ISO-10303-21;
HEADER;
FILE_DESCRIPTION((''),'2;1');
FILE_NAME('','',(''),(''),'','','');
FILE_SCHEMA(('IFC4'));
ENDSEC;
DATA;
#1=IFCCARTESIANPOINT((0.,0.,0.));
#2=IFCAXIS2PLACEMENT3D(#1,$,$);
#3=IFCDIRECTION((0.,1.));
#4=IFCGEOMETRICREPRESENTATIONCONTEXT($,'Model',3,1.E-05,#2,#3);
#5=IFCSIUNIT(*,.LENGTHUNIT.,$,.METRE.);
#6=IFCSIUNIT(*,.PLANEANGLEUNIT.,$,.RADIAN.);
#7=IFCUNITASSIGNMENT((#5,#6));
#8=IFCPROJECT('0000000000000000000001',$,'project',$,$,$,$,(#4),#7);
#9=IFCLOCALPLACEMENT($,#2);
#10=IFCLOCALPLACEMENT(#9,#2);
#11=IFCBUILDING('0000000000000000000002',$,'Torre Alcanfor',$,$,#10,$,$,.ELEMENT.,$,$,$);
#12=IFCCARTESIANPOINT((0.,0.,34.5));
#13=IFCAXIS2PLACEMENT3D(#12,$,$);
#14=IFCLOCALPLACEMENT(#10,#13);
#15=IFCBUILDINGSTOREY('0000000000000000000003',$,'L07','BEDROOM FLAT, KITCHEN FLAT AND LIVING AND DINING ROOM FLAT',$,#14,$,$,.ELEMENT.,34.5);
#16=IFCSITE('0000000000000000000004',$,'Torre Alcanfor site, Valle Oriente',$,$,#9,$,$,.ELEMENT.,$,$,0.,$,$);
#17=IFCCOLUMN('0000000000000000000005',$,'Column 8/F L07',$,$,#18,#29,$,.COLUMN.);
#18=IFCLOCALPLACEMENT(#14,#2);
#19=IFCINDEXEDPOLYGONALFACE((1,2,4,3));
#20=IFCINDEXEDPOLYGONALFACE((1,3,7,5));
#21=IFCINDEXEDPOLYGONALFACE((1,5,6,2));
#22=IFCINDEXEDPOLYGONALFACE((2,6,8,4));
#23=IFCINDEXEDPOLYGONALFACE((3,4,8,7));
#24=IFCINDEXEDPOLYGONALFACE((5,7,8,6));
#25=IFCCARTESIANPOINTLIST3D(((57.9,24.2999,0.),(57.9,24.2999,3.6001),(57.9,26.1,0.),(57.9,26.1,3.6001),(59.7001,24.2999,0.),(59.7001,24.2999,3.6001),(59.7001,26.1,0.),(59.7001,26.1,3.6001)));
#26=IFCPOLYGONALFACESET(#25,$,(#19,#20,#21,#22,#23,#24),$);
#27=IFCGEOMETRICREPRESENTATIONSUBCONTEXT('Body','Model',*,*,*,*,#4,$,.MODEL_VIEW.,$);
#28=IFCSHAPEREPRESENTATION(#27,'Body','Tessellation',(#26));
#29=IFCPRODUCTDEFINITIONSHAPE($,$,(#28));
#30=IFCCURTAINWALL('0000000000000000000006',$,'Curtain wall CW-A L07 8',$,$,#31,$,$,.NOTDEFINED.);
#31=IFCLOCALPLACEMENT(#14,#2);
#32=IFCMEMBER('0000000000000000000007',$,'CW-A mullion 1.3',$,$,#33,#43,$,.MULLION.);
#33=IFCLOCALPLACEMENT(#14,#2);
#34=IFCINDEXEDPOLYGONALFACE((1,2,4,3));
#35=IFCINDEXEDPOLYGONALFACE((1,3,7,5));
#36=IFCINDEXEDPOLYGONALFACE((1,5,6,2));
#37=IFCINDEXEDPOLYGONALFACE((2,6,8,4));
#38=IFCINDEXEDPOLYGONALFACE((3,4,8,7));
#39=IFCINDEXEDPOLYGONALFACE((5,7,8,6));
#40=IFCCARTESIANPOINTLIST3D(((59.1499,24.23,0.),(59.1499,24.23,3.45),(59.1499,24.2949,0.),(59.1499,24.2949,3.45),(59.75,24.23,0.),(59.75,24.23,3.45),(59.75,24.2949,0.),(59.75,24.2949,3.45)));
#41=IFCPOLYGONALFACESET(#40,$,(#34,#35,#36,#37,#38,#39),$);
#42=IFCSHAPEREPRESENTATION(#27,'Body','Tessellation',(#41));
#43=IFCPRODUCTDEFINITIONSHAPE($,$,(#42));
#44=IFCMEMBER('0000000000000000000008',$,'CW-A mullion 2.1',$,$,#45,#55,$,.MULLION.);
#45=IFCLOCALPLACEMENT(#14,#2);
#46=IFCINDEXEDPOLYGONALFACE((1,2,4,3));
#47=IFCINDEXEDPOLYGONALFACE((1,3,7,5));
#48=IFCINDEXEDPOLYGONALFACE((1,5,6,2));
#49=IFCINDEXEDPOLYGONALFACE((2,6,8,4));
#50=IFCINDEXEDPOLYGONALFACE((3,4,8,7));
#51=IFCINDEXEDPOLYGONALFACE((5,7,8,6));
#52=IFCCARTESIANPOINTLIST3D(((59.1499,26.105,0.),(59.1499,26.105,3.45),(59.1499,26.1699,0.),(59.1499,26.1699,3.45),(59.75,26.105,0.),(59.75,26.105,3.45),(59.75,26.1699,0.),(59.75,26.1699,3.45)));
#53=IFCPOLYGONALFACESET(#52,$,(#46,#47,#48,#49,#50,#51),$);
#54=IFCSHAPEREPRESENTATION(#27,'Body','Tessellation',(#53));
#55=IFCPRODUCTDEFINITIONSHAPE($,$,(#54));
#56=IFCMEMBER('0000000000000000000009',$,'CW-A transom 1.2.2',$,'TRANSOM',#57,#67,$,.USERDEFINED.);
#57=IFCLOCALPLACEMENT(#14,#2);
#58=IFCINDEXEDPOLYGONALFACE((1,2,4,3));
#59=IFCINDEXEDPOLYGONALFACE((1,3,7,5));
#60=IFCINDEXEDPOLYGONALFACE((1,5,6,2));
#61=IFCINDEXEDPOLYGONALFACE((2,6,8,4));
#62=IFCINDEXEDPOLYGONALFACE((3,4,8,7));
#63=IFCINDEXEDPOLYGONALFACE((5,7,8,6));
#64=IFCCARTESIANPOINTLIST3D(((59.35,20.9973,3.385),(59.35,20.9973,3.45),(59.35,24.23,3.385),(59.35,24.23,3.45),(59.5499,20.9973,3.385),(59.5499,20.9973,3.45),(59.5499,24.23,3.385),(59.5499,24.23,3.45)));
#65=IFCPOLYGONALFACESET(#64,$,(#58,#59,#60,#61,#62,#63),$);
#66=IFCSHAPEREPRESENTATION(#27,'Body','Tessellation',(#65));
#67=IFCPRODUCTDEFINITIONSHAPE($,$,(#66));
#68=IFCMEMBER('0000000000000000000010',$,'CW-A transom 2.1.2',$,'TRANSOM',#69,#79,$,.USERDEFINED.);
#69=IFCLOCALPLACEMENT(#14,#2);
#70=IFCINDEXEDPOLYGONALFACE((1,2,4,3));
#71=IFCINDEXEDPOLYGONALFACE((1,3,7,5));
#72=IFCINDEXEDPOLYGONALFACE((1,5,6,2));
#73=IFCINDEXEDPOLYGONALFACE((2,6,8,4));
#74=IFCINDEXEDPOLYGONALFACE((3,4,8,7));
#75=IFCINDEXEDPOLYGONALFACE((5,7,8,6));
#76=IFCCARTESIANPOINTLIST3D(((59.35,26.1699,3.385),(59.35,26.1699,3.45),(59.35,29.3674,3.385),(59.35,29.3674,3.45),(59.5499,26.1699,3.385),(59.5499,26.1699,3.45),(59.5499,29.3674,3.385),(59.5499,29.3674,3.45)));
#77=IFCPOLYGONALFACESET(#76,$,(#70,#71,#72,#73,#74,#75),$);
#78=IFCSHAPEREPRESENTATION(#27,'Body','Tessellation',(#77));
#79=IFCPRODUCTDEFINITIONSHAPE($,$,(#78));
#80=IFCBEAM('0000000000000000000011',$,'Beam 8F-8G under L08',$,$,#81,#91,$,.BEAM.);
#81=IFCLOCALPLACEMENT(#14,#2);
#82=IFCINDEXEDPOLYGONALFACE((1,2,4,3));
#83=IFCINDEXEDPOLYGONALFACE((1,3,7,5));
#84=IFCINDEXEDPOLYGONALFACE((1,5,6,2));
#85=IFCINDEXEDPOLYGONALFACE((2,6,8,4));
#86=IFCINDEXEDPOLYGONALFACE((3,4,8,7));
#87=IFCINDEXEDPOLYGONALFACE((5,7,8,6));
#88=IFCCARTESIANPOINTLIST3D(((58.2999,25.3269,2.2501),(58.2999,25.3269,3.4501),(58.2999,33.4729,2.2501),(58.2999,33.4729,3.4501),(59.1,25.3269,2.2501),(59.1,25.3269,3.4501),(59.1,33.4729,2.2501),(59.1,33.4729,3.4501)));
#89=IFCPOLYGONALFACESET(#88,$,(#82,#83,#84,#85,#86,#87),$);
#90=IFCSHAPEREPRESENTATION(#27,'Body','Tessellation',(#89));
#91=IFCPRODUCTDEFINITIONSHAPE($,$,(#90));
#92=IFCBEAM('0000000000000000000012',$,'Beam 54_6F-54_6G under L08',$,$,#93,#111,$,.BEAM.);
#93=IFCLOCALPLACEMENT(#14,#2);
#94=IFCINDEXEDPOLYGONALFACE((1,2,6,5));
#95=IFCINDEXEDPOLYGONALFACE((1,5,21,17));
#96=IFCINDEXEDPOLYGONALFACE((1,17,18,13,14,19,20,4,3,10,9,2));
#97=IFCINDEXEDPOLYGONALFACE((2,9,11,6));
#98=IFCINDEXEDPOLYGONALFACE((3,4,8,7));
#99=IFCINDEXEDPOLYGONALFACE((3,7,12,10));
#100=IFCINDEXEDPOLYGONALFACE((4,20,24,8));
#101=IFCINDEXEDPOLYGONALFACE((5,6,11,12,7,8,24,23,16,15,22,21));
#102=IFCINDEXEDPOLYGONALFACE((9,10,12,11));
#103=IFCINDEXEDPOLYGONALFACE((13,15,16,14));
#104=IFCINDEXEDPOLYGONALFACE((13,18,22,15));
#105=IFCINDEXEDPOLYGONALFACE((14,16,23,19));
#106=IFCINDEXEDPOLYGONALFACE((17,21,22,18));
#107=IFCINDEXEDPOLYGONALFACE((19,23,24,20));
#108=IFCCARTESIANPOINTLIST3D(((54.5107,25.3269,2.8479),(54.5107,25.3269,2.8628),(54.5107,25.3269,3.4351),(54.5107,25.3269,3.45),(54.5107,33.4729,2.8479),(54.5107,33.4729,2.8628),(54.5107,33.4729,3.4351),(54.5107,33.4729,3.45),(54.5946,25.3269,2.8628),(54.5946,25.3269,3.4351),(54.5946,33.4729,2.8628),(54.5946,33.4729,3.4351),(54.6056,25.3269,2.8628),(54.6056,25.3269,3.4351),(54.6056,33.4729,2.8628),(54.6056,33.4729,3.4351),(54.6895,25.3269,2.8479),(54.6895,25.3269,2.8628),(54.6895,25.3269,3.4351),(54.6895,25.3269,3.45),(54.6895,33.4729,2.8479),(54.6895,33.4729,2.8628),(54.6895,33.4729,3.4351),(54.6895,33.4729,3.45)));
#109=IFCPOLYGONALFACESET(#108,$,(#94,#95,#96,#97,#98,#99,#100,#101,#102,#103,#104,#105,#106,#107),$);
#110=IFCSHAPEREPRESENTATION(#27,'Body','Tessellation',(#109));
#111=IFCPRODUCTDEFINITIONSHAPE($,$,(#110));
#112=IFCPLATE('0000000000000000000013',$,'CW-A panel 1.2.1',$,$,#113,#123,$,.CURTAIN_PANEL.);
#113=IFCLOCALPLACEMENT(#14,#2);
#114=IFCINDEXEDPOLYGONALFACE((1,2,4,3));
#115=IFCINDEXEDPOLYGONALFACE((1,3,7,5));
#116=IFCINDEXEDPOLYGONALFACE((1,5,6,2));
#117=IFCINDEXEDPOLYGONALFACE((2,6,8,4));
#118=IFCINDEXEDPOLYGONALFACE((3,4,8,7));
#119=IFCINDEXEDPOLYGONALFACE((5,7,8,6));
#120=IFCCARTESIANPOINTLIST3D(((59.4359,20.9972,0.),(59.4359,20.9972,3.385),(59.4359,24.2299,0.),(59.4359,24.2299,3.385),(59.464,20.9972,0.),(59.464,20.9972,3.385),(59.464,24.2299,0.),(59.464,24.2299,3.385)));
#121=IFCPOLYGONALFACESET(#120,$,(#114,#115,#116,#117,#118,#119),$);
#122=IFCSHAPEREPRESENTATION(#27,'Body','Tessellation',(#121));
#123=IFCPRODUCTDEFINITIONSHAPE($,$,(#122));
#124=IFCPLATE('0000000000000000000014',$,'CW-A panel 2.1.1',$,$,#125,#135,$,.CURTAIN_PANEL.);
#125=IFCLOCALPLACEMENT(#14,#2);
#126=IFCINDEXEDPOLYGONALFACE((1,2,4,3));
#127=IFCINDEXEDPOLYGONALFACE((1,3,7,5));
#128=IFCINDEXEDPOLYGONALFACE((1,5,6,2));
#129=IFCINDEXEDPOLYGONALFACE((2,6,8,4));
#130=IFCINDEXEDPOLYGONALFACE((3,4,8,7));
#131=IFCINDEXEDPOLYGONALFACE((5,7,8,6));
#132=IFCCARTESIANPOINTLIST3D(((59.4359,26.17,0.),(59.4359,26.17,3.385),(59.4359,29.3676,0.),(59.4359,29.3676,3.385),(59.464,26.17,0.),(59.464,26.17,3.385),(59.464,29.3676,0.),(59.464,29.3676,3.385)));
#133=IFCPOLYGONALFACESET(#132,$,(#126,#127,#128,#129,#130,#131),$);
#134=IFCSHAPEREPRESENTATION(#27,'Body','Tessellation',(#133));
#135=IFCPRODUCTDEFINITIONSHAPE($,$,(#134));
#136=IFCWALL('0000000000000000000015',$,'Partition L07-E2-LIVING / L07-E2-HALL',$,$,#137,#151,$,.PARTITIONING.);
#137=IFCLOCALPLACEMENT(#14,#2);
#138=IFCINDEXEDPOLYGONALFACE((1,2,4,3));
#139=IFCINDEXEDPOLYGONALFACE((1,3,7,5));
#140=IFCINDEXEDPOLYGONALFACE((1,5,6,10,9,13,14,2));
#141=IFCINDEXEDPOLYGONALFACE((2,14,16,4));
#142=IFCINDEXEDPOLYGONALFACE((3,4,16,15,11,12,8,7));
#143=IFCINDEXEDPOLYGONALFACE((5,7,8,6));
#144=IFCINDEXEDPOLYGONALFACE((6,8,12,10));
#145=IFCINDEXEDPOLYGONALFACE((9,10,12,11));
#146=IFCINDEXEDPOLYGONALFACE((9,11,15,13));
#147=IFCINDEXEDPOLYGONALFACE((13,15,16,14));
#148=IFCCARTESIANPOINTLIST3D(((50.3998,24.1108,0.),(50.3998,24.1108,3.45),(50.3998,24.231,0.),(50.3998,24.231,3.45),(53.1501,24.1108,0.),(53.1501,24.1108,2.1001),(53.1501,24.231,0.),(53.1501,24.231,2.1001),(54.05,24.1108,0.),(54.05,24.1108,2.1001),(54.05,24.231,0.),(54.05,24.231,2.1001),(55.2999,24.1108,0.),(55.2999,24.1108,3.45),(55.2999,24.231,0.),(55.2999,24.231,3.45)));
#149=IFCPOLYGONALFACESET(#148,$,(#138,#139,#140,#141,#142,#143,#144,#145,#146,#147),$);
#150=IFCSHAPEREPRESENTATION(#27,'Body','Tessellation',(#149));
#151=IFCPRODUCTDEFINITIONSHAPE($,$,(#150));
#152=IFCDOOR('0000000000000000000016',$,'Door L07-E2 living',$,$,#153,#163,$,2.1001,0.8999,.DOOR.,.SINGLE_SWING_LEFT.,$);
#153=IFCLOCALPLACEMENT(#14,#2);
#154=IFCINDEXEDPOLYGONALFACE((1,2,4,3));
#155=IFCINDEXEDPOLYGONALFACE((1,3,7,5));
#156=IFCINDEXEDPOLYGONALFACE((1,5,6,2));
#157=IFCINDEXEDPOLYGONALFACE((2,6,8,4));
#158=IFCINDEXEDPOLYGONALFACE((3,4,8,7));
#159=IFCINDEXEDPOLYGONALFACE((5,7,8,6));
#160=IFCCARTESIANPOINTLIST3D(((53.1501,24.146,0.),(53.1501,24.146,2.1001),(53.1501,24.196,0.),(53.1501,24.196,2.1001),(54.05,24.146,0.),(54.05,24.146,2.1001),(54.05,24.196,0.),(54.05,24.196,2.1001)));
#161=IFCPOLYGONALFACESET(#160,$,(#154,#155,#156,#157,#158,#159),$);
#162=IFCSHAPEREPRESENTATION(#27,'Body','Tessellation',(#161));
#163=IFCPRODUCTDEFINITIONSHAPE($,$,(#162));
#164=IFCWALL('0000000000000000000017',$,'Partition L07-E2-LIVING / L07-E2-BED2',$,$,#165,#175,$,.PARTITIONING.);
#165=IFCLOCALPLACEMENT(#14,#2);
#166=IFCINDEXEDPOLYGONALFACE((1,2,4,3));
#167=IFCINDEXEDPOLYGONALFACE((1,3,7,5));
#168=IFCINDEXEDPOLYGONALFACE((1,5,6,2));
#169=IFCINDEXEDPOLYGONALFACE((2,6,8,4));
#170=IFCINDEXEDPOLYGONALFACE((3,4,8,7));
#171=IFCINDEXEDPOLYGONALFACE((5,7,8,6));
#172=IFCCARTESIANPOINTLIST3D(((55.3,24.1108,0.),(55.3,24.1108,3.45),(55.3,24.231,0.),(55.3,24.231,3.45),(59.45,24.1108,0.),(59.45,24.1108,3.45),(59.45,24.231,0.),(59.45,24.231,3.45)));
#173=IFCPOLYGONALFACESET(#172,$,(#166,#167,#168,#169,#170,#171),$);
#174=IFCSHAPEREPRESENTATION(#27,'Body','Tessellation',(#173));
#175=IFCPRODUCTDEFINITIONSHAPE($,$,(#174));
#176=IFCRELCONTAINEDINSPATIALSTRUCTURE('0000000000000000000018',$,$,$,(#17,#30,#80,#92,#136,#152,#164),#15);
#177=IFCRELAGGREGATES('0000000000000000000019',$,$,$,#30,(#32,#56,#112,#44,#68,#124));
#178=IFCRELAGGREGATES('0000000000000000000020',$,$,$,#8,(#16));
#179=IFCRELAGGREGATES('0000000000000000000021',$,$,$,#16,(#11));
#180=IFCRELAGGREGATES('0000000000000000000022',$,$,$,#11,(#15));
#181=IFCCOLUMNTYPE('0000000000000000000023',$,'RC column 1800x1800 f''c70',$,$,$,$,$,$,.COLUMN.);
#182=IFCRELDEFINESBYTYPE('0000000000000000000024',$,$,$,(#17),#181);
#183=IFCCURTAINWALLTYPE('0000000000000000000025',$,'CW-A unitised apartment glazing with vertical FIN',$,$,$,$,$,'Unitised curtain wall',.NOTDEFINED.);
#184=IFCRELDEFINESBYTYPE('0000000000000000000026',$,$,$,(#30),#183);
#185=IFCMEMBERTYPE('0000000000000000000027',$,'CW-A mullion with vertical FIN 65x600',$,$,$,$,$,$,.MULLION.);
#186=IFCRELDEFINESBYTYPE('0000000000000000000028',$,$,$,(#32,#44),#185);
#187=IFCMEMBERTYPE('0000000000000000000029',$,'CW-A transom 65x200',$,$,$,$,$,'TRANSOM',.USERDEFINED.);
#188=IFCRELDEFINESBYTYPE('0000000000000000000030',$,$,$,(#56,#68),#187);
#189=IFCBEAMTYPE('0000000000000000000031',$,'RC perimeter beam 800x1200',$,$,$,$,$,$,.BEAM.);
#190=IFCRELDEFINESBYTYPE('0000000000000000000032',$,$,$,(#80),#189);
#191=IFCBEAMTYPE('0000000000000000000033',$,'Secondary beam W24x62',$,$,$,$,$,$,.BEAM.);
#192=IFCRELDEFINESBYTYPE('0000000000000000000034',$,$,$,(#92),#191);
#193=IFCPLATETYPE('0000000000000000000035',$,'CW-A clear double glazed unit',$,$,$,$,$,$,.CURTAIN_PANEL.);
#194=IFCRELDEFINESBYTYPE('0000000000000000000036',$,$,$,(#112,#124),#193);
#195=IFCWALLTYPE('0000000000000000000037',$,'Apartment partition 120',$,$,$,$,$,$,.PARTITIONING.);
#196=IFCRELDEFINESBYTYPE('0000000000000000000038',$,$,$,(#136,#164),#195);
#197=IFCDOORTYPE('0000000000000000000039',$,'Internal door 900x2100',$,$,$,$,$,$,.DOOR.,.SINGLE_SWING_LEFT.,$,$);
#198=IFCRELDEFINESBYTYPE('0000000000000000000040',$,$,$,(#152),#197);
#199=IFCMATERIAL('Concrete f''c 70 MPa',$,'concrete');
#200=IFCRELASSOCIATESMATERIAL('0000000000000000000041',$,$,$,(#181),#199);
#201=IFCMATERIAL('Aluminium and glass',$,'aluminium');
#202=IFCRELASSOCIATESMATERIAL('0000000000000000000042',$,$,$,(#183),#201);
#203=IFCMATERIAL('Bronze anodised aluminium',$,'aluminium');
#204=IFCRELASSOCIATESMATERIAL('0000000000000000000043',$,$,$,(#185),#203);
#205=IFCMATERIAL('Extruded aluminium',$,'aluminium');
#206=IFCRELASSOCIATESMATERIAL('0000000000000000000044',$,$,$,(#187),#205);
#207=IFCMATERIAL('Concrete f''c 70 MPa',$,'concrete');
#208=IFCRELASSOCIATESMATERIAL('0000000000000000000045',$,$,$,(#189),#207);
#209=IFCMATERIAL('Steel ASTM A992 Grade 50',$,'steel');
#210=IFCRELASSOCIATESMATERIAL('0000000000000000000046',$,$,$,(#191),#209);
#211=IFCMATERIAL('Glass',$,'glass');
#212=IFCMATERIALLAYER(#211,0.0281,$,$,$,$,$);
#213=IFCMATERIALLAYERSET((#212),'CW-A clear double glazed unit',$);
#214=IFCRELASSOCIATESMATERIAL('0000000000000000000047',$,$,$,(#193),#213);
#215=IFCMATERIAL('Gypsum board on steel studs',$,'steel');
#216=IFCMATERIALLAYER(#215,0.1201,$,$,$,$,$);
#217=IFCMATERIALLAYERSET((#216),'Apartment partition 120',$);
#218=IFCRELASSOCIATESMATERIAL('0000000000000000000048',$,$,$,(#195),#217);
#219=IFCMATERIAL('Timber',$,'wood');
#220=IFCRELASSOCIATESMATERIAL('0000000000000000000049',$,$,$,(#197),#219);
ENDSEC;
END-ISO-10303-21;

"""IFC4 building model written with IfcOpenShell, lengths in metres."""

from ifc_helpers import new_model, si_unit, direction, frame, frame_2d, origin, origin_2d, place, context, subcontext, project, spatial, rectangle, i_section, extrude, material, layer, layer_set, material_profile, profile_set, type_object, element, fill, aggregate, save


model = new_model("IFC4")

# Units and contexts
model_context = context("Model", 3, precision=1e-05, world=origin(), true_north=direction((0.0, 1.0)))
body_context = subcontext(model_context, "Body", "Model", "MODEL_VIEW")
ifc_project = project(units=[si_unit("LENGTHUNIT", "METRE"), si_unit("PLANEANGLEUNIT", "RADIAN")], contexts=[model_context])

# Site, building, storey
site_placement = place(None, origin())
site = spatial("IfcSite", under=ifc_project, at=site_placement, Name="Torre Alcanfor site, Valle Oriente", CompositionType="ELEMENT", RefElevation=0.0)
building_placement = place(site_placement, origin())
building = spatial("IfcBuilding", under=site, at=building_placement, Name="Torre Alcanfor", CompositionType="ELEMENT")
storey_placement = place(building_placement, frame((0.0, 0.0, 34.5)))
storey = spatial("IfcBuildingStorey", under=building, at=storey_placement, Name="L07", Description="BEDROOM FLAT, KITCHEN FLAT AND LIVING AND DINING ROOM FLAT", CompositionType="ELEMENT", Elevation=34.5)

# Column
ifc_material_1 = material(Name="Concrete f'c 70 MPa", Category="concrete")
ifc_material_profile_1 = material_profile(ifc_material_1, rectangle(XDim=1.8, YDim=1.8, at=origin_2d()), Name="1800x1800")
ifc_profile_set_1 = profile_set([ifc_material_profile_1], Name="Concrete f'c 70 MPa")
column_type = type_object("IfcColumnType", Name="RC column 1800x1800 f'c70", PredefinedType="COLUMN", material=ifc_profile_set_1)
column_placement = place(storey_placement, frame((58.8, 25.2, 0.0), z_axis=(0.0, 0.0, 1.0), x_axis=(1.0, 0.0, 0.0)))
element("IfcColumn", 1, at=column_placement, inside=storey, type_object=column_type, Name="Column 8/F L07", PredefinedType="COLUMN", context=body_context, shape_type="SweptSolid", body=[
    extrude(rectangle(XDim=1.8, YDim=1.8, at=origin_2d()), origin(), (0.0, 0.0, 1.0), 3.6001),
])

# Curtain wall, members
ifc_material_2 = material(Name="Aluminium and glass", Category="aluminium")
curtain_wall_type = type_object("IfcCurtainWallType", Name="CW-A unitised apartment glazing with vertical FIN", ElementType="Unitised curtain wall", PredefinedType="NOTDEFINED", material=ifc_material_2)
curtain_wall_placement = place(storey_placement, origin())
curtain_wall = element("IfcCurtainWall", 2, at=curtain_wall_placement, inside=storey, type_object=curtain_wall_type, Name="Curtain wall CW-A L07 8", PredefinedType="NOTDEFINED")
ifc_material_3 = material(Name="Bronze anodised aluminium", Category="aluminium")
ifc_material_profile_2 = material_profile(ifc_material_3, rectangle(XDim=0.6001, YDim=0.0649, at=origin_2d()), Name="CW-A mullion 65x600")
ifc_profile_set_2 = profile_set([ifc_material_profile_2], Name="Bronze anodised aluminium")
member_type_1 = type_object("IfcMemberType", Name="CW-A mullion with vertical FIN 65x600", PredefinedType="MULLION", material=ifc_profile_set_2)
member_1_placement = place(storey_placement, frame((59.45, 24.2625, 0.0), z_axis=(0.0, 0.0, 1.0), x_axis=(-1.0, 0.0, 0.0)))
member_1 = element("IfcMember", 3, at=member_1_placement, type_object=member_type_1, Name="CW-A mullion 1.3", PredefinedType="MULLION", context=body_context, shape_type="SweptSolid", body=[
    extrude(rectangle(XDim=0.6001, YDim=0.0649, at=origin_2d()), origin(), (0.0, 0.0, 1.0), 3.45),
])
member_2_placement = place(storey_placement, frame((59.45, 26.1375, 0.0), z_axis=(0.0, 0.0, 1.0), x_axis=(-1.0, 0.0, 0.0)))
member_2 = element("IfcMember", 4, at=member_2_placement, type_object=member_type_1, Name="CW-A mullion 2.1", PredefinedType="MULLION", context=body_context, shape_type="SweptSolid", body=[
    extrude(rectangle(XDim=0.6001, YDim=0.0649, at=origin_2d()), origin(), (0.0, 0.0, 1.0), 3.45),
])
ifc_material_4 = material(Name="Extruded aluminium", Category="aluminium")
ifc_material_profile_3 = material_profile(ifc_material_4, rectangle(XDim=0.2, YDim=0.0649, at=origin_2d()), Name="CW-A transom 200x65")
ifc_profile_set_3 = profile_set([ifc_material_profile_3], Name="Extruded aluminium")
member_type_2 = type_object("IfcMemberType", Name="CW-A transom 65x200", ElementType="TRANSOM", PredefinedType="USERDEFINED", material=ifc_profile_set_3)
member_3_placement = place(storey_placement, frame((59.45, 20.9973, 3.4175), z_axis=(0.0, 1.0, 0.0), x_axis=(-1.0, 0.0, 0.0)))
member_3 = element("IfcMember", 5, at=member_3_placement, type_object=member_type_2, Name="CW-A transom 1.2.2", ObjectType="TRANSOM", PredefinedType="USERDEFINED", context=body_context, shape_type="SweptSolid", body=[
    extrude(rectangle(XDim=0.2, YDim=0.0649, at=origin_2d()), origin(), (0.0, 0.0, 1.0), 3.2327),
])
member_4_placement = place(storey_placement, frame((59.45, 26.1699, 3.4175), z_axis=(0.0, 1.0, 0.0), x_axis=(-1.0, 0.0, 0.0)))
member_4 = element("IfcMember", 6, at=member_4_placement, type_object=member_type_2, Name="CW-A transom 2.1.2", ObjectType="TRANSOM", PredefinedType="USERDEFINED", context=body_context, shape_type="SweptSolid", body=[
    extrude(rectangle(XDim=0.2, YDim=0.0649, at=origin_2d()), origin(), (0.0, 0.0, 1.0), 3.1975),
])

# Beams
ifc_material_5 = material(Name="Concrete f'c 70 MPa", Category="concrete")
ifc_material_profile_4 = material_profile(ifc_material_5, rectangle(XDim=0.8, YDim=1.2, at=origin_2d()), Name="800x1200")
ifc_profile_set_4 = profile_set([ifc_material_profile_4], Name="Concrete f'c 70 MPa")
beam_type_1 = type_object("IfcBeamType", Name="RC perimeter beam 800x1200", PredefinedType="BEAM", material=ifc_profile_set_4)
beam_1_placement = place(storey_placement, frame((58.7, 25.3269, 2.8501), z_axis=(0.0, 1.0, 0.0), x_axis=(-1.0, 0.0, 0.0)))
element("IfcBeam", 7, at=beam_1_placement, inside=storey, type_object=beam_type_1, Name="Beam 8F-8G under L08", PredefinedType="BEAM", context=body_context, shape_type="SweptSolid", body=[
    extrude(rectangle(XDim=0.8, YDim=1.2, at=origin_2d()), origin(), (0.0, 0.0, 1.0), 8.146),
])
ifc_material_6 = material(Name="Steel ASTM A992 Grade 50", Category="steel")
ifc_material_profile_5 = material_profile(ifc_material_6, i_section(OverallWidth=0.1787, OverallDepth=0.6021, WebThickness=0.011, FlangeThickness=0.0149, at=origin_2d()), Name="W24x62")
ifc_profile_set_5 = profile_set([ifc_material_profile_5], Name="Steel ASTM A992 Grade 50")
beam_type_2 = type_object("IfcBeamType", Name="Secondary beam W24x62", PredefinedType="BEAM", material=ifc_profile_set_5)
beam_2_placement = place(storey_placement, frame((54.6001, 25.3269, 3.1489), z_axis=(0.0, 1.0, 0.0), x_axis=(-1.0, 0.0, 0.0)))
element("IfcBeam", 8, at=beam_2_placement, inside=storey, type_object=beam_type_2, Name="Beam 54_6F-54_6G under L08", PredefinedType="BEAM", context=body_context, shape_type="SweptSolid", body=[
    extrude(i_section(OverallWidth=0.1787, OverallDepth=0.6021, WebThickness=0.011, FlangeThickness=0.0149, at=origin_2d()), origin(), (0.0, 0.0, 1.0), 8.146),
])

# Plates
ifc_material_7 = material(Name="Glass", Category="glass")
ifc_layer_1 = layer(ifc_material_7, 0.0281)
ifc_layer_set_1 = layer_set([ifc_layer_1], Name="CW-A clear double glazed unit")
plate_type = type_object("IfcPlateType", Name="CW-A clear double glazed unit", PredefinedType="CURTAIN_PANEL", material=ifc_layer_set_1)
plate_1_placement = place(storey_placement, frame((59.45, 22.6135, 0.0), z_axis=(0.0, 0.0, 1.0), x_axis=(0.0, 1.0, 0.0)))
plate_1 = element("IfcPlate", 9, at=plate_1_placement, type_object=plate_type, Name="CW-A panel 1.2.1", PredefinedType="CURTAIN_PANEL", context=body_context, shape_type="SweptSolid", body=[
    extrude(rectangle(XDim=3.2327, YDim=0.0281, at=origin_2d()), origin(), (0.0, 0.0, 1.0), 3.385),
])
plate_2_placement = place(storey_placement, frame((59.45, 27.7688, 0.0), z_axis=(0.0, 0.0, 1.0), x_axis=(0.0, 1.0, 0.0)))
plate_2 = element("IfcPlate", 10, at=plate_2_placement, type_object=plate_type, Name="CW-A panel 2.1.1", PredefinedType="CURTAIN_PANEL", context=body_context, shape_type="SweptSolid", body=[
    extrude(rectangle(XDim=3.1975, YDim=0.0281, at=origin_2d()), origin(), (0.0, 0.0, 1.0), 3.385),
])
aggregate(curtain_wall, [member_1, member_3, plate_1, member_2, member_4, plate_2])

# Wall, opening, door
ifc_material_8 = material(Name="Gypsum board on steel studs", Category="steel")
ifc_layer_2 = layer(ifc_material_8, 0.1201)
ifc_layer_set_2 = layer_set([ifc_layer_2], Name="Apartment partition 120")
wall_type = type_object("IfcWallType", Name="Apartment partition 120", PredefinedType="PARTITIONING", material=ifc_layer_set_2)
wall_1_placement = place(storey_placement, frame((55.3, 24.1709, 0.0), z_axis=(0.0, 0.0, 1.0), x_axis=(-1.0, 0.0, 0.0)))
wall_1 = element("IfcWall", 11, at=wall_1_placement, inside=storey, type_object=wall_type, Name="Partition L07-E2-LIVING / L07-E2-HALL", PredefinedType="PARTITIONING", context=body_context, shape_type="SweptSolid", body=[
    extrude(rectangle(XDim=4.9001, YDim=0.1201, at=frame_2d((2.4502, 0.0))), origin(), (0.0, 0.0, 1.0), 3.45),
])
opening_1_placement = place(wall_1_placement, frame((1.25, 0.0, 0.0)))
opening_1 = element("IfcOpeningElement", 12, at=opening_1_placement, cuts=wall_1, PredefinedType="OPENING", context=body_context, shape_type="SweptSolid", body=[
    extrude(rectangle(XDim=0.8999, YDim=2.1001, at=frame_2d((0.45, 1.05))), frame((0.0, 0.0701, 0.0), z_axis=(0.0, -1.0, 0.0), x_axis=(1.0, 0.0, 0.0)), (0.0, 0.0, 1.0), 0.1401),
])
ifc_material_9 = material(Name="Timber", Category="wood")
door_type = type_object("IfcDoorType", Name="Internal door 900x2100", OperationType="SINGLE_SWING_LEFT", PredefinedType="DOOR", material=ifc_material_9)
door_1_placement = place(opening_1_placement, frame((0.8999, 0.0, 0.0), z_axis=(0.0, 0.0, 1.0), x_axis=(-1.0, 0.0, 0.0)))
door_1 = element("IfcDoor", 13, at=door_1_placement, inside=storey, type_object=door_type, Name="Door L07-E2 living", OperationType="SINGLE_SWING_LEFT", OverallHeight=2.1001, OverallWidth=0.8999, PredefinedType="DOOR", context=body_context, shape_type="SweptSolid", body=[
    extrude(rectangle(XDim=0.8999, YDim=2.1001, at=frame_2d((0.45, 1.05))), frame((0.0, 0.0251, 0.0), z_axis=(0.0, -1.0, 0.0), x_axis=(1.0, 0.0, 0.0)), (0.0, 0.0, 1.0), 0.05),
])
fill(opening_1, door_1)

# Wall
wall_2_placement = place(storey_placement, frame((59.45, 24.1709, 0.0), z_axis=(0.0, 0.0, 1.0), x_axis=(-1.0, 0.0, 0.0)))
element("IfcWall", 14, at=wall_2_placement, inside=storey, type_object=wall_type, Name="Partition L07-E2-LIVING / L07-E2-BED2", PredefinedType="PARTITIONING", context=body_context, shape_type="SweptSolid", body=[
    extrude(rectangle(XDim=4.1499, YDim=0.1201, at=frame_2d((2.075, 0.0))), origin(), (0.0, 0.0, 1.0), 3.45),
])

save(model, "model.ifc")
